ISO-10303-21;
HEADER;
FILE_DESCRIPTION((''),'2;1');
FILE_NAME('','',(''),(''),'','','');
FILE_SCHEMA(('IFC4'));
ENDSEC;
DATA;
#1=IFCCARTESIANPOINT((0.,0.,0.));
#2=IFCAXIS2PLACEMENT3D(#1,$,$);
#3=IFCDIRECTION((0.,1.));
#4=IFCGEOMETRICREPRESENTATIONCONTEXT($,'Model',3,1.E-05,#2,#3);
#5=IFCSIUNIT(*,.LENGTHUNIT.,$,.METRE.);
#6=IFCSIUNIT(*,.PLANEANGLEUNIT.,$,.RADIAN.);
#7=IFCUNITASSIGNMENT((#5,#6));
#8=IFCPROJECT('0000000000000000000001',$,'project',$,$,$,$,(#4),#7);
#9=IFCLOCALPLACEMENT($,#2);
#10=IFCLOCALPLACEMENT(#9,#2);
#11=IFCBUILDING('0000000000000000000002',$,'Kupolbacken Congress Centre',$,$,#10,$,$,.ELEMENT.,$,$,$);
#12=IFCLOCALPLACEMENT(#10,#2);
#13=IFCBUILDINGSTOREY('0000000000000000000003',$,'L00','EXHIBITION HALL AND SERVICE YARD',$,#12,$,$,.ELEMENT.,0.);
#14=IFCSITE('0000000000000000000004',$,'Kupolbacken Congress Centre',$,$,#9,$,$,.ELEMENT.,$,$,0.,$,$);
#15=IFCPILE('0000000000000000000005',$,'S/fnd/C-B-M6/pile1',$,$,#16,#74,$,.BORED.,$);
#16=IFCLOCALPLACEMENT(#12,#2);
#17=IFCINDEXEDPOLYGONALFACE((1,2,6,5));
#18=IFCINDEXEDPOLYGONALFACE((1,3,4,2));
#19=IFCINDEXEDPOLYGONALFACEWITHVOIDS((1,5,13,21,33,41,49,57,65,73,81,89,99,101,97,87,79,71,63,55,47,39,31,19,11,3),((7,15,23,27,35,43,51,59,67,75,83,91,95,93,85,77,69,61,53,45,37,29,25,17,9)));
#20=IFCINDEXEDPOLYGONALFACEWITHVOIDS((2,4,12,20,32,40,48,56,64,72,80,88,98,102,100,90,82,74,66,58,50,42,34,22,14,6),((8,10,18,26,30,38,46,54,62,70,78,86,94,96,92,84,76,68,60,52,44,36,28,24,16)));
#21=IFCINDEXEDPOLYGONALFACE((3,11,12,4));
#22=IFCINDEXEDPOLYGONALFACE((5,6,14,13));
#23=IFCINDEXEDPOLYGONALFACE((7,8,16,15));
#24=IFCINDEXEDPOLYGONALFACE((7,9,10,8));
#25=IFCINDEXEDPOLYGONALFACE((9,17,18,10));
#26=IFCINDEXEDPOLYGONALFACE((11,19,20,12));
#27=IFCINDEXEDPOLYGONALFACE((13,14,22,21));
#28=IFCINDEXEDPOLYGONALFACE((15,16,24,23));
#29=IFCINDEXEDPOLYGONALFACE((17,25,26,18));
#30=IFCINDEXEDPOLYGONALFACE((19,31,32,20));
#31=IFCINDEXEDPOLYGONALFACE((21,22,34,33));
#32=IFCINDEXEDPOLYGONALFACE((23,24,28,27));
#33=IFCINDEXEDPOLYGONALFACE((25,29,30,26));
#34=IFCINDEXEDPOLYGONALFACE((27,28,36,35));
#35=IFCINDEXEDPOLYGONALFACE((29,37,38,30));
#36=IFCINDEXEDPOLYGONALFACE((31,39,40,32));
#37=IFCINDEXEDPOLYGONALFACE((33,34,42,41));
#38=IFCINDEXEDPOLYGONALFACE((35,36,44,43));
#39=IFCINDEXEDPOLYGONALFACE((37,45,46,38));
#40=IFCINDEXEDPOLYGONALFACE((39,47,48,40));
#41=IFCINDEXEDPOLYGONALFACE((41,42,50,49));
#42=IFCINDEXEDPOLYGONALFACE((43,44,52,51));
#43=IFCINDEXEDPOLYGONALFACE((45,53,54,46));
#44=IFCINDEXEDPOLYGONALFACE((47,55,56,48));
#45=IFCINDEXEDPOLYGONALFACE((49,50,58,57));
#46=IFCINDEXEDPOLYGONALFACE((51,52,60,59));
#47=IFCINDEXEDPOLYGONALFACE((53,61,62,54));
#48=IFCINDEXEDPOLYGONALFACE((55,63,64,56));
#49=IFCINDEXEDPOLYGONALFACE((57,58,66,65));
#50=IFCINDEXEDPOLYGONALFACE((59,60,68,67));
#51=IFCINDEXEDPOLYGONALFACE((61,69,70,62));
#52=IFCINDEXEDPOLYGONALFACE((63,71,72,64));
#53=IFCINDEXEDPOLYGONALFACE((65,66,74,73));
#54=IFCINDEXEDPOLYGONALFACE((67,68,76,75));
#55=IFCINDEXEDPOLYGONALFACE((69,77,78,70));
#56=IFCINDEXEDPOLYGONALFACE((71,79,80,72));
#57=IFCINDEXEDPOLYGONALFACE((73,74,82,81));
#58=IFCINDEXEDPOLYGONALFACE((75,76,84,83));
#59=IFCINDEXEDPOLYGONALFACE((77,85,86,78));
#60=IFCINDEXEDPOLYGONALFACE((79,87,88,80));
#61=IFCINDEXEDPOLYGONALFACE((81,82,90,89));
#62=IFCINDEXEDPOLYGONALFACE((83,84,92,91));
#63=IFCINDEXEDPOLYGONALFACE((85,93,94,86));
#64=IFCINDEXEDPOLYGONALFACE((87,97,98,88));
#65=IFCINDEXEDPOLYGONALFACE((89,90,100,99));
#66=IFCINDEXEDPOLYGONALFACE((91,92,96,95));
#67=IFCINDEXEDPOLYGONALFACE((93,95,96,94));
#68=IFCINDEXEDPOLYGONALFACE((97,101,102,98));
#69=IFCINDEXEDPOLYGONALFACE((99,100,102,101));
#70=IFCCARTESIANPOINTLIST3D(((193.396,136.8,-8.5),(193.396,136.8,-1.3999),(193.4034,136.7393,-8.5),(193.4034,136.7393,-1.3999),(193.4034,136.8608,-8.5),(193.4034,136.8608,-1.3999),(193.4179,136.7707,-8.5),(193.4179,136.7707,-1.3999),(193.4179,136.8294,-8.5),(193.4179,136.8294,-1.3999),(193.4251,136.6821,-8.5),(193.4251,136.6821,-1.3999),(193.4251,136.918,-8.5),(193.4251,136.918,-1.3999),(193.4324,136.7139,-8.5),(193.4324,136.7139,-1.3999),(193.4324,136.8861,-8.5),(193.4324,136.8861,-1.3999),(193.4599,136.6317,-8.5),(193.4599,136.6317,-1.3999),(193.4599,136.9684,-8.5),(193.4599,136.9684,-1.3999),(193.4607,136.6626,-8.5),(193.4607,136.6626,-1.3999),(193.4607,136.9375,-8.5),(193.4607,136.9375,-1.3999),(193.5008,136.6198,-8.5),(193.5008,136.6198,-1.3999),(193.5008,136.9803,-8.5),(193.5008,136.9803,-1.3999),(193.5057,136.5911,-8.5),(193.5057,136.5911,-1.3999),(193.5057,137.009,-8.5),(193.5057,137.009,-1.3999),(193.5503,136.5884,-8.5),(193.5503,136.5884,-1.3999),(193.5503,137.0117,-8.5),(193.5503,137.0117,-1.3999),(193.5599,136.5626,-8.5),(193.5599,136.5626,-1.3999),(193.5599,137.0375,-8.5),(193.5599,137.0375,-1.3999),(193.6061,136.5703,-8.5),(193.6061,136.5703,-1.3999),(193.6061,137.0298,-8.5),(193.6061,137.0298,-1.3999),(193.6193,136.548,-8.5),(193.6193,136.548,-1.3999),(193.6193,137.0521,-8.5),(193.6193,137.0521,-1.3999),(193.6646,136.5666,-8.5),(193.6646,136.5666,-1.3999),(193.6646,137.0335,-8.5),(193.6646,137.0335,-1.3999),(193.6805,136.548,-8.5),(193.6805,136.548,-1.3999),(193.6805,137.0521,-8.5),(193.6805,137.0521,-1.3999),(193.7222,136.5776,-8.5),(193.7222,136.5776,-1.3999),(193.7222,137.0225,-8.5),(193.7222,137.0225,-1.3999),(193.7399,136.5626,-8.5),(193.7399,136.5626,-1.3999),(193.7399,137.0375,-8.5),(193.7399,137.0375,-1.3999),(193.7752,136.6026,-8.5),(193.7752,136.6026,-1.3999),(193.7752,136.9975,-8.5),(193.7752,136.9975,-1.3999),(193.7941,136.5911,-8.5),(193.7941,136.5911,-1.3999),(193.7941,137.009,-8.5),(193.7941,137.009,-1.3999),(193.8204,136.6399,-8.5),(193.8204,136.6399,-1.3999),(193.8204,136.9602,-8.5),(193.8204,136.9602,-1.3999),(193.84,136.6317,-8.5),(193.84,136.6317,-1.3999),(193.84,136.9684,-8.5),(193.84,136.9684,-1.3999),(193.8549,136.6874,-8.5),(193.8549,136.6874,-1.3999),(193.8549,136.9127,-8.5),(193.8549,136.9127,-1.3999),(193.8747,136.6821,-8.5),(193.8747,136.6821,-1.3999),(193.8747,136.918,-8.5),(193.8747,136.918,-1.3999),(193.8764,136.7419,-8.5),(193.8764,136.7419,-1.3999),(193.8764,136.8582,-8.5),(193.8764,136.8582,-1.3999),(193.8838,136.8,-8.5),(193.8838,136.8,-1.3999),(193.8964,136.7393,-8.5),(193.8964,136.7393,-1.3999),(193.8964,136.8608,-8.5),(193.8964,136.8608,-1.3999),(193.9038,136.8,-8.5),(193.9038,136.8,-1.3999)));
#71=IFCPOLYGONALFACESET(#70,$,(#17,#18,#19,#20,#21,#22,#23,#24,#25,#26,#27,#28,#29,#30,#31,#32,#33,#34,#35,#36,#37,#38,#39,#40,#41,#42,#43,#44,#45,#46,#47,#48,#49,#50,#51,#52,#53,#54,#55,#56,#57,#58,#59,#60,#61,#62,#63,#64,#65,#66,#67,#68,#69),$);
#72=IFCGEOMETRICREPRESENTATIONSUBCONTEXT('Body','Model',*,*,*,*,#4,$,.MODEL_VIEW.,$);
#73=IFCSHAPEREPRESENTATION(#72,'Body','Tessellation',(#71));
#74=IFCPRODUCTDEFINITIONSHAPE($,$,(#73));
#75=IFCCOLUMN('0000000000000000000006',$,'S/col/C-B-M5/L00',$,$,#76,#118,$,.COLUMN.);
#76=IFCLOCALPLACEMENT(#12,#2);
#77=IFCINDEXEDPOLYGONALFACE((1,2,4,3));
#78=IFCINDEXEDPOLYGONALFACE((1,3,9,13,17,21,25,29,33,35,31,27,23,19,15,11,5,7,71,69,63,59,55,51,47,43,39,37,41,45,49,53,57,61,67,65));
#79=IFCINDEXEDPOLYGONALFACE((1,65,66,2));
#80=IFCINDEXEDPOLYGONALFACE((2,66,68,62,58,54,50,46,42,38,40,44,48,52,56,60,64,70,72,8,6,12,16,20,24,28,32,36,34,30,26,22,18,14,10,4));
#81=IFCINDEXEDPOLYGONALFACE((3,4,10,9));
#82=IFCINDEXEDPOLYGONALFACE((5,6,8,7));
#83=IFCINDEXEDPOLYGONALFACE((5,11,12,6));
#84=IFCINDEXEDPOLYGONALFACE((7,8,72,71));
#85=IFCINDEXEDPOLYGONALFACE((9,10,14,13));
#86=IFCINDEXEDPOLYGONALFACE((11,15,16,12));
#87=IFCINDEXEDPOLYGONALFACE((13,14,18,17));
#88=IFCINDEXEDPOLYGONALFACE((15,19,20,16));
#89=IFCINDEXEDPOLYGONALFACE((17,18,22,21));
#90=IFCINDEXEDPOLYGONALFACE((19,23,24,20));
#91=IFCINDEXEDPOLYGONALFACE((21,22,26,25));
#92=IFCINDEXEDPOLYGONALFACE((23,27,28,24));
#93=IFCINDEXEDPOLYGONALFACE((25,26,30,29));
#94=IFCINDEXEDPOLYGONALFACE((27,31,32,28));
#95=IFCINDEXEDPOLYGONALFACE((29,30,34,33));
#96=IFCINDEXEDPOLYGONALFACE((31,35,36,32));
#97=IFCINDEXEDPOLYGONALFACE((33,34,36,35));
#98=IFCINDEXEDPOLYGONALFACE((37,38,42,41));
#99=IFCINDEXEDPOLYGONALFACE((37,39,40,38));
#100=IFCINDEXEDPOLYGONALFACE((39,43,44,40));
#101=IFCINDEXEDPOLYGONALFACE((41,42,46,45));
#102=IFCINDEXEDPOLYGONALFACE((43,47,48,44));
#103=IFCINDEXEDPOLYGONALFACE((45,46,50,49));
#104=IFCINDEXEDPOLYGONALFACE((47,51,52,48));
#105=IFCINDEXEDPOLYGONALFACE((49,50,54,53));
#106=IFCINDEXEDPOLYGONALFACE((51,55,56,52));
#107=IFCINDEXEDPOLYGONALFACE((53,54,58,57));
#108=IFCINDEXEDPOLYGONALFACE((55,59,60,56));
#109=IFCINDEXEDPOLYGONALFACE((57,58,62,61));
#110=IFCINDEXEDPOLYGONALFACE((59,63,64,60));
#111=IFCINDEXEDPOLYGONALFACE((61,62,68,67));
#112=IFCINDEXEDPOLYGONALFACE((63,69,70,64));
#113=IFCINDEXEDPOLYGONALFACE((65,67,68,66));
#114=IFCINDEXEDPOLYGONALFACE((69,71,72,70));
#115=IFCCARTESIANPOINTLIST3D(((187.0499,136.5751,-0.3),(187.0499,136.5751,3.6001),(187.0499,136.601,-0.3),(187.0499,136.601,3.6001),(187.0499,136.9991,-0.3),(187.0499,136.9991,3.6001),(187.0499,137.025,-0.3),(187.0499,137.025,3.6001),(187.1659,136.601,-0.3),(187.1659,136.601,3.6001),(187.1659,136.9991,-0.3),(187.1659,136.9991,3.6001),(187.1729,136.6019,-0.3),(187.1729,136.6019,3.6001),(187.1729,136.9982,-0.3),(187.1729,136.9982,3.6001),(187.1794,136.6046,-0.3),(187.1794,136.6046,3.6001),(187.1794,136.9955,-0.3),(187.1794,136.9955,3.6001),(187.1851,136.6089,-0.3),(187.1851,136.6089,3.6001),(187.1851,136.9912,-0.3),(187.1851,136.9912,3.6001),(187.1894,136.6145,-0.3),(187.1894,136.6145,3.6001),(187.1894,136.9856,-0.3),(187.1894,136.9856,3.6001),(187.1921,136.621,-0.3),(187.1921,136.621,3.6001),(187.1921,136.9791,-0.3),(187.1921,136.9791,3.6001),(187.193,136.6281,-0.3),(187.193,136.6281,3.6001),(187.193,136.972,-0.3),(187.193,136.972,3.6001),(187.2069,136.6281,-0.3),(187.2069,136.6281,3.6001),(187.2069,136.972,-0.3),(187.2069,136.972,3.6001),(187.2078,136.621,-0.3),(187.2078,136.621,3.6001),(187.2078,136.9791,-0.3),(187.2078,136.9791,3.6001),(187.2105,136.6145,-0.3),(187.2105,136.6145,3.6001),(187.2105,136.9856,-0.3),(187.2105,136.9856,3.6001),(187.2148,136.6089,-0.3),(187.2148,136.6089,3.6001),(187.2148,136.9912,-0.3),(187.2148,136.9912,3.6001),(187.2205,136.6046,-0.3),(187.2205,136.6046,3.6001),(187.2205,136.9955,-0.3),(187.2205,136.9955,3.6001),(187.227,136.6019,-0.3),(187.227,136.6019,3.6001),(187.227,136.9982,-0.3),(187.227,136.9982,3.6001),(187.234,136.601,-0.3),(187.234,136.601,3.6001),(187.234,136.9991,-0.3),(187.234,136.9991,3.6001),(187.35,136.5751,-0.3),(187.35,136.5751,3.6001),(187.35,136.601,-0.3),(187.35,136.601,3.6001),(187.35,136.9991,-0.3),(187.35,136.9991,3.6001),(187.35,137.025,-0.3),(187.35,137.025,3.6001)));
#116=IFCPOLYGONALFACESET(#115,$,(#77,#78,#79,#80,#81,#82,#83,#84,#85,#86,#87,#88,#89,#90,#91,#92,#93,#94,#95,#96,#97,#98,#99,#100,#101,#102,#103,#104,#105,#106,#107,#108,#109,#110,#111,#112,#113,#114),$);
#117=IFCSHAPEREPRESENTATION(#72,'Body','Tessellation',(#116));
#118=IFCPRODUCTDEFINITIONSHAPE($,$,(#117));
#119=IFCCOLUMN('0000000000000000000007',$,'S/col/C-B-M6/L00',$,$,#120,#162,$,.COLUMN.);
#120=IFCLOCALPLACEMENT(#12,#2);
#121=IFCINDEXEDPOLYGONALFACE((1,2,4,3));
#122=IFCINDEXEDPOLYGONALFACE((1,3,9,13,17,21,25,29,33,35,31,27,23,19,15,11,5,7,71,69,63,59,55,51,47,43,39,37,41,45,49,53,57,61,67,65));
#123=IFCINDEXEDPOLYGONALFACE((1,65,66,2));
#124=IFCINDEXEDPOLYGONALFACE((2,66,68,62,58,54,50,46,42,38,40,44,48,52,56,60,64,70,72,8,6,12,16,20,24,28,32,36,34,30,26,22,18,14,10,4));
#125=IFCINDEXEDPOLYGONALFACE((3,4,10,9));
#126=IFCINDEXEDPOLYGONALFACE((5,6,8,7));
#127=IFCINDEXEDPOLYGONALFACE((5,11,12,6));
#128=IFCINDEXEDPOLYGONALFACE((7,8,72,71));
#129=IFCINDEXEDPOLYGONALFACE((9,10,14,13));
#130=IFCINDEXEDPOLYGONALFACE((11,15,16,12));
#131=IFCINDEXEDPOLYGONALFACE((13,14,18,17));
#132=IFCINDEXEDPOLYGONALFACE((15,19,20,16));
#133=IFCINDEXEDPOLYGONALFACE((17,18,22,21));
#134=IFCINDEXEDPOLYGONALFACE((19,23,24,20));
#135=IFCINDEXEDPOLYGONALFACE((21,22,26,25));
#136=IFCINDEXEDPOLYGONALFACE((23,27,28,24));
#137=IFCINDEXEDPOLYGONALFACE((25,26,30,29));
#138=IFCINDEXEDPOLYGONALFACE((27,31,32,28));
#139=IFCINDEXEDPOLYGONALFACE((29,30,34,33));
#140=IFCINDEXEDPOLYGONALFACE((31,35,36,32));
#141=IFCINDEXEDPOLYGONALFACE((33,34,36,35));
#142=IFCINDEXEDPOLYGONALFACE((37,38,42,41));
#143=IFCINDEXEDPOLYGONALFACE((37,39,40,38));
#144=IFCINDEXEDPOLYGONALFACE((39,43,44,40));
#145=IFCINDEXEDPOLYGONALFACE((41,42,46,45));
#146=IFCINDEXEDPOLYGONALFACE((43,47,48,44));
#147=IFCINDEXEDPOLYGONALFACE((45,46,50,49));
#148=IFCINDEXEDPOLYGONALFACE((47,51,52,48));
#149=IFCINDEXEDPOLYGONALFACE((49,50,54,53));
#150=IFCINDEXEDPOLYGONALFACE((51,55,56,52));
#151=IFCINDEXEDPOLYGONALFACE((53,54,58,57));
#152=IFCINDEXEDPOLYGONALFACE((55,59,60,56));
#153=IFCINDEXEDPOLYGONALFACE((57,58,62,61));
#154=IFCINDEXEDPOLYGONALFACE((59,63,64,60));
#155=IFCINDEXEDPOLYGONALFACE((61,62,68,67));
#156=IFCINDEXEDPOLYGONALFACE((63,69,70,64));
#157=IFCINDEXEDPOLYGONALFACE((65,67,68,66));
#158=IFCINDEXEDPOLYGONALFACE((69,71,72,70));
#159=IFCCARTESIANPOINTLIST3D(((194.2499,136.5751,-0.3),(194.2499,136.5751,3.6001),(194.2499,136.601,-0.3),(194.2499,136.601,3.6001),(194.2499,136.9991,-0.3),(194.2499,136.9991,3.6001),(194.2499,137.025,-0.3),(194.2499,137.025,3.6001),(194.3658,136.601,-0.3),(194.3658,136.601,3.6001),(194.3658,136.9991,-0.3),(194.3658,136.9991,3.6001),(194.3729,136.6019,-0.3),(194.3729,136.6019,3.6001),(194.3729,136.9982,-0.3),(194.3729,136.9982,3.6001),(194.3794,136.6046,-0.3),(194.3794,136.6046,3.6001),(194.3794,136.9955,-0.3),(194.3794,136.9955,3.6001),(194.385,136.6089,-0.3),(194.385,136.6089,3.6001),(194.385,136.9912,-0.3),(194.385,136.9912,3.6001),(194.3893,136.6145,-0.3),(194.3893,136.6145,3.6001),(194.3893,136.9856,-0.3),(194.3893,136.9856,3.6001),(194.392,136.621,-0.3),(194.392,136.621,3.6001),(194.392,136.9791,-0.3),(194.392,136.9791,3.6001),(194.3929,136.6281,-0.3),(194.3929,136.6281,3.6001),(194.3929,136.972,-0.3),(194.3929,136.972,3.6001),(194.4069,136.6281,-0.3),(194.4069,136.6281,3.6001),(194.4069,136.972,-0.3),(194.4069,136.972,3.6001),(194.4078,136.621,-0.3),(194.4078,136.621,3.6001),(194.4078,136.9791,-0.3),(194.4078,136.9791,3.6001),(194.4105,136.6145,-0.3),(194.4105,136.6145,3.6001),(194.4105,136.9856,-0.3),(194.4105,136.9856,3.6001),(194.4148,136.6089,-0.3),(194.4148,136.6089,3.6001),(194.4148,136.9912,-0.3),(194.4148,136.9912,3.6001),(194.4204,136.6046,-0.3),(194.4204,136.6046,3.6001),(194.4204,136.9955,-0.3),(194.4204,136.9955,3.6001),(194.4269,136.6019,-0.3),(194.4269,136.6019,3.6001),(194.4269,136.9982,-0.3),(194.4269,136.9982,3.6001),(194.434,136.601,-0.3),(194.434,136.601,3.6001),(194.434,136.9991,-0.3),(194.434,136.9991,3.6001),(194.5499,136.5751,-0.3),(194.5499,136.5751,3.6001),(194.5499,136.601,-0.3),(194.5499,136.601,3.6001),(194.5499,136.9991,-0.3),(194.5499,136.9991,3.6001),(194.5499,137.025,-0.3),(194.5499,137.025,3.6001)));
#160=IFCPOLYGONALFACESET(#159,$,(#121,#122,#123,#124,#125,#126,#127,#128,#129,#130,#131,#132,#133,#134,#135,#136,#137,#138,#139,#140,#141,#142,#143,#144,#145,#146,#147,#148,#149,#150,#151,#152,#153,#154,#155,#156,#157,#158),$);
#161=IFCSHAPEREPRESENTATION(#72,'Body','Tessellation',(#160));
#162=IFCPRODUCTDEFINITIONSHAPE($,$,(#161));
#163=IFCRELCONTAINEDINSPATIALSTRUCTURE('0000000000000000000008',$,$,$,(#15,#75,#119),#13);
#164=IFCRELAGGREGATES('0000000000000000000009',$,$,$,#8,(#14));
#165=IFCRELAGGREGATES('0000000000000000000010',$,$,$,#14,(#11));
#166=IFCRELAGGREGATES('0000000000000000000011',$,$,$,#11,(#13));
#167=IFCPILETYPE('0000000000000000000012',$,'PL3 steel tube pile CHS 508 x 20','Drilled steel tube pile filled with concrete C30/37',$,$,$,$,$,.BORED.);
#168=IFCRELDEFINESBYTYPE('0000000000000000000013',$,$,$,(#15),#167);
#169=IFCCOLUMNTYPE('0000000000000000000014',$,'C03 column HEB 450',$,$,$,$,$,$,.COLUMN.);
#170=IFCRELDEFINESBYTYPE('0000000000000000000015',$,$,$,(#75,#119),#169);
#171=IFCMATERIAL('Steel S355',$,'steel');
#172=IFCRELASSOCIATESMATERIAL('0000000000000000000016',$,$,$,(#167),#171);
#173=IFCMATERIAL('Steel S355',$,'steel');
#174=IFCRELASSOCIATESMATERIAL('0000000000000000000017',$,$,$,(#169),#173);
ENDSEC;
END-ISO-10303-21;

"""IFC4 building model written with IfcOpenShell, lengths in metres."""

from ifc_helpers import new_model, si_unit, direction, frame, origin, origin_2d, place, context, subcontext, project, spatial, hollow_circle, i_section, extrude, material, material_profile, profile_set, type_object, element, save


model = new_model("IFC4")

# Units and contexts
model_context = context("Model", 3, precision=1e-05, world=origin(), true_north=direction((0.0, 1.0)))
body_context = subcontext(model_context, "Body", "Model", "MODEL_VIEW")
ifc_project = project(units=[si_unit("LENGTHUNIT", "METRE"), si_unit("PLANEANGLEUNIT", "RADIAN")], contexts=[model_context])

# Site, building, storey
site_placement = place(None, origin())
site = spatial("IfcSite", under=ifc_project, at=site_placement, Name="Kupolbacken Congress Centre", CompositionType="ELEMENT", RefElevation=0.0)
building_placement = place(site_placement, origin())
building = spatial("IfcBuilding", under=site, at=building_placement, Name="Kupolbacken Congress Centre", CompositionType="ELEMENT")
storey_placement = place(building_placement, origin())
storey = spatial("IfcBuildingStorey", under=building, at=storey_placement, Name="L00", Description="EXHIBITION HALL AND SERVICE YARD", CompositionType="ELEMENT", Elevation=0.0)

# Pile
ifc_material_1 = material(Name="Steel S355", Category="steel")
ifc_material_profile_1 = material_profile(ifc_material_1, hollow_circle(Radius=0.2539, WallThickness=0.02, at=origin_2d()), Name="CHS 508 x 20")
ifc_profile_set_1 = profile_set([ifc_material_profile_1], Name="Steel S355")
pile_type_1 = type_object("IfcPileType", Name="PL3 steel tube pile CHS 508 x 20", Description="Drilled steel tube pile filled with concrete C30/37", PredefinedType="BORED", material=ifc_profile_set_1)
for number, where, z_axis, x_axis, name in (
    (1, (193.6499, 136.8, -1.3999), (0.0, 0.0, -1.0), (1.0, 0.0, 0.0), "S/fnd/C-B-M6/pile1"),
):
    element("IfcPile", number, at=place(storey_placement, frame(where, z_axis=z_axis, x_axis=x_axis)), inside=storey, type_object=pile_type_1, Name=name, PredefinedType="BORED", context=body_context, shape_type="SweptSolid", body=[
        extrude(hollow_circle(Radius=0.2539, WallThickness=0.02, at=origin_2d()), origin(), (0.0, 0.0, 1.0), 7.1001),
    ])

# Columns
ifc_material_2 = material(Name="Steel S355", Category="steel")
ifc_material_profile_2 = material_profile(ifc_material_2, i_section(OverallWidth=0.3, OverallDepth=0.45, WebThickness=0.0139, FlangeThickness=0.0259, FilletRadius=0.0271, at=origin_2d()), Name="HEB 450")
ifc_profile_set_2 = profile_set([ifc_material_profile_2], Name="Steel S355")
column_type_1 = type_object("IfcColumnType", Name="C03 column HEB 450", PredefinedType="COLUMN", material=ifc_profile_set_2)
for number, where, z_axis, x_axis, name in (
    (2, (187.2, 136.8, -0.3), (0.0, 0.0, 1.0), (1.0, 0.0, 0.0), "S/col/C-B-M5/L00"),
    (3, (194.3999, 136.8, -0.3), (0.0, 0.0, 1.0), (1.0, 0.0, 0.0), "S/col/C-B-M6/L00"),
):
    element("IfcColumn", number, at=place(storey_placement, frame(where, z_axis=z_axis, x_axis=x_axis)), inside=storey, type_object=column_type_1, Name=name, PredefinedType="COLUMN", context=body_context, shape_type="SweptSolid", body=[
        extrude(i_section(OverallWidth=0.3, OverallDepth=0.45, WebThickness=0.0139, FlangeThickness=0.0259, FilletRadius=0.0271, at=origin_2d()), origin(), (0.0, 0.0, 1.0), 3.9001),
    ])

save(model, "model.ifc")
